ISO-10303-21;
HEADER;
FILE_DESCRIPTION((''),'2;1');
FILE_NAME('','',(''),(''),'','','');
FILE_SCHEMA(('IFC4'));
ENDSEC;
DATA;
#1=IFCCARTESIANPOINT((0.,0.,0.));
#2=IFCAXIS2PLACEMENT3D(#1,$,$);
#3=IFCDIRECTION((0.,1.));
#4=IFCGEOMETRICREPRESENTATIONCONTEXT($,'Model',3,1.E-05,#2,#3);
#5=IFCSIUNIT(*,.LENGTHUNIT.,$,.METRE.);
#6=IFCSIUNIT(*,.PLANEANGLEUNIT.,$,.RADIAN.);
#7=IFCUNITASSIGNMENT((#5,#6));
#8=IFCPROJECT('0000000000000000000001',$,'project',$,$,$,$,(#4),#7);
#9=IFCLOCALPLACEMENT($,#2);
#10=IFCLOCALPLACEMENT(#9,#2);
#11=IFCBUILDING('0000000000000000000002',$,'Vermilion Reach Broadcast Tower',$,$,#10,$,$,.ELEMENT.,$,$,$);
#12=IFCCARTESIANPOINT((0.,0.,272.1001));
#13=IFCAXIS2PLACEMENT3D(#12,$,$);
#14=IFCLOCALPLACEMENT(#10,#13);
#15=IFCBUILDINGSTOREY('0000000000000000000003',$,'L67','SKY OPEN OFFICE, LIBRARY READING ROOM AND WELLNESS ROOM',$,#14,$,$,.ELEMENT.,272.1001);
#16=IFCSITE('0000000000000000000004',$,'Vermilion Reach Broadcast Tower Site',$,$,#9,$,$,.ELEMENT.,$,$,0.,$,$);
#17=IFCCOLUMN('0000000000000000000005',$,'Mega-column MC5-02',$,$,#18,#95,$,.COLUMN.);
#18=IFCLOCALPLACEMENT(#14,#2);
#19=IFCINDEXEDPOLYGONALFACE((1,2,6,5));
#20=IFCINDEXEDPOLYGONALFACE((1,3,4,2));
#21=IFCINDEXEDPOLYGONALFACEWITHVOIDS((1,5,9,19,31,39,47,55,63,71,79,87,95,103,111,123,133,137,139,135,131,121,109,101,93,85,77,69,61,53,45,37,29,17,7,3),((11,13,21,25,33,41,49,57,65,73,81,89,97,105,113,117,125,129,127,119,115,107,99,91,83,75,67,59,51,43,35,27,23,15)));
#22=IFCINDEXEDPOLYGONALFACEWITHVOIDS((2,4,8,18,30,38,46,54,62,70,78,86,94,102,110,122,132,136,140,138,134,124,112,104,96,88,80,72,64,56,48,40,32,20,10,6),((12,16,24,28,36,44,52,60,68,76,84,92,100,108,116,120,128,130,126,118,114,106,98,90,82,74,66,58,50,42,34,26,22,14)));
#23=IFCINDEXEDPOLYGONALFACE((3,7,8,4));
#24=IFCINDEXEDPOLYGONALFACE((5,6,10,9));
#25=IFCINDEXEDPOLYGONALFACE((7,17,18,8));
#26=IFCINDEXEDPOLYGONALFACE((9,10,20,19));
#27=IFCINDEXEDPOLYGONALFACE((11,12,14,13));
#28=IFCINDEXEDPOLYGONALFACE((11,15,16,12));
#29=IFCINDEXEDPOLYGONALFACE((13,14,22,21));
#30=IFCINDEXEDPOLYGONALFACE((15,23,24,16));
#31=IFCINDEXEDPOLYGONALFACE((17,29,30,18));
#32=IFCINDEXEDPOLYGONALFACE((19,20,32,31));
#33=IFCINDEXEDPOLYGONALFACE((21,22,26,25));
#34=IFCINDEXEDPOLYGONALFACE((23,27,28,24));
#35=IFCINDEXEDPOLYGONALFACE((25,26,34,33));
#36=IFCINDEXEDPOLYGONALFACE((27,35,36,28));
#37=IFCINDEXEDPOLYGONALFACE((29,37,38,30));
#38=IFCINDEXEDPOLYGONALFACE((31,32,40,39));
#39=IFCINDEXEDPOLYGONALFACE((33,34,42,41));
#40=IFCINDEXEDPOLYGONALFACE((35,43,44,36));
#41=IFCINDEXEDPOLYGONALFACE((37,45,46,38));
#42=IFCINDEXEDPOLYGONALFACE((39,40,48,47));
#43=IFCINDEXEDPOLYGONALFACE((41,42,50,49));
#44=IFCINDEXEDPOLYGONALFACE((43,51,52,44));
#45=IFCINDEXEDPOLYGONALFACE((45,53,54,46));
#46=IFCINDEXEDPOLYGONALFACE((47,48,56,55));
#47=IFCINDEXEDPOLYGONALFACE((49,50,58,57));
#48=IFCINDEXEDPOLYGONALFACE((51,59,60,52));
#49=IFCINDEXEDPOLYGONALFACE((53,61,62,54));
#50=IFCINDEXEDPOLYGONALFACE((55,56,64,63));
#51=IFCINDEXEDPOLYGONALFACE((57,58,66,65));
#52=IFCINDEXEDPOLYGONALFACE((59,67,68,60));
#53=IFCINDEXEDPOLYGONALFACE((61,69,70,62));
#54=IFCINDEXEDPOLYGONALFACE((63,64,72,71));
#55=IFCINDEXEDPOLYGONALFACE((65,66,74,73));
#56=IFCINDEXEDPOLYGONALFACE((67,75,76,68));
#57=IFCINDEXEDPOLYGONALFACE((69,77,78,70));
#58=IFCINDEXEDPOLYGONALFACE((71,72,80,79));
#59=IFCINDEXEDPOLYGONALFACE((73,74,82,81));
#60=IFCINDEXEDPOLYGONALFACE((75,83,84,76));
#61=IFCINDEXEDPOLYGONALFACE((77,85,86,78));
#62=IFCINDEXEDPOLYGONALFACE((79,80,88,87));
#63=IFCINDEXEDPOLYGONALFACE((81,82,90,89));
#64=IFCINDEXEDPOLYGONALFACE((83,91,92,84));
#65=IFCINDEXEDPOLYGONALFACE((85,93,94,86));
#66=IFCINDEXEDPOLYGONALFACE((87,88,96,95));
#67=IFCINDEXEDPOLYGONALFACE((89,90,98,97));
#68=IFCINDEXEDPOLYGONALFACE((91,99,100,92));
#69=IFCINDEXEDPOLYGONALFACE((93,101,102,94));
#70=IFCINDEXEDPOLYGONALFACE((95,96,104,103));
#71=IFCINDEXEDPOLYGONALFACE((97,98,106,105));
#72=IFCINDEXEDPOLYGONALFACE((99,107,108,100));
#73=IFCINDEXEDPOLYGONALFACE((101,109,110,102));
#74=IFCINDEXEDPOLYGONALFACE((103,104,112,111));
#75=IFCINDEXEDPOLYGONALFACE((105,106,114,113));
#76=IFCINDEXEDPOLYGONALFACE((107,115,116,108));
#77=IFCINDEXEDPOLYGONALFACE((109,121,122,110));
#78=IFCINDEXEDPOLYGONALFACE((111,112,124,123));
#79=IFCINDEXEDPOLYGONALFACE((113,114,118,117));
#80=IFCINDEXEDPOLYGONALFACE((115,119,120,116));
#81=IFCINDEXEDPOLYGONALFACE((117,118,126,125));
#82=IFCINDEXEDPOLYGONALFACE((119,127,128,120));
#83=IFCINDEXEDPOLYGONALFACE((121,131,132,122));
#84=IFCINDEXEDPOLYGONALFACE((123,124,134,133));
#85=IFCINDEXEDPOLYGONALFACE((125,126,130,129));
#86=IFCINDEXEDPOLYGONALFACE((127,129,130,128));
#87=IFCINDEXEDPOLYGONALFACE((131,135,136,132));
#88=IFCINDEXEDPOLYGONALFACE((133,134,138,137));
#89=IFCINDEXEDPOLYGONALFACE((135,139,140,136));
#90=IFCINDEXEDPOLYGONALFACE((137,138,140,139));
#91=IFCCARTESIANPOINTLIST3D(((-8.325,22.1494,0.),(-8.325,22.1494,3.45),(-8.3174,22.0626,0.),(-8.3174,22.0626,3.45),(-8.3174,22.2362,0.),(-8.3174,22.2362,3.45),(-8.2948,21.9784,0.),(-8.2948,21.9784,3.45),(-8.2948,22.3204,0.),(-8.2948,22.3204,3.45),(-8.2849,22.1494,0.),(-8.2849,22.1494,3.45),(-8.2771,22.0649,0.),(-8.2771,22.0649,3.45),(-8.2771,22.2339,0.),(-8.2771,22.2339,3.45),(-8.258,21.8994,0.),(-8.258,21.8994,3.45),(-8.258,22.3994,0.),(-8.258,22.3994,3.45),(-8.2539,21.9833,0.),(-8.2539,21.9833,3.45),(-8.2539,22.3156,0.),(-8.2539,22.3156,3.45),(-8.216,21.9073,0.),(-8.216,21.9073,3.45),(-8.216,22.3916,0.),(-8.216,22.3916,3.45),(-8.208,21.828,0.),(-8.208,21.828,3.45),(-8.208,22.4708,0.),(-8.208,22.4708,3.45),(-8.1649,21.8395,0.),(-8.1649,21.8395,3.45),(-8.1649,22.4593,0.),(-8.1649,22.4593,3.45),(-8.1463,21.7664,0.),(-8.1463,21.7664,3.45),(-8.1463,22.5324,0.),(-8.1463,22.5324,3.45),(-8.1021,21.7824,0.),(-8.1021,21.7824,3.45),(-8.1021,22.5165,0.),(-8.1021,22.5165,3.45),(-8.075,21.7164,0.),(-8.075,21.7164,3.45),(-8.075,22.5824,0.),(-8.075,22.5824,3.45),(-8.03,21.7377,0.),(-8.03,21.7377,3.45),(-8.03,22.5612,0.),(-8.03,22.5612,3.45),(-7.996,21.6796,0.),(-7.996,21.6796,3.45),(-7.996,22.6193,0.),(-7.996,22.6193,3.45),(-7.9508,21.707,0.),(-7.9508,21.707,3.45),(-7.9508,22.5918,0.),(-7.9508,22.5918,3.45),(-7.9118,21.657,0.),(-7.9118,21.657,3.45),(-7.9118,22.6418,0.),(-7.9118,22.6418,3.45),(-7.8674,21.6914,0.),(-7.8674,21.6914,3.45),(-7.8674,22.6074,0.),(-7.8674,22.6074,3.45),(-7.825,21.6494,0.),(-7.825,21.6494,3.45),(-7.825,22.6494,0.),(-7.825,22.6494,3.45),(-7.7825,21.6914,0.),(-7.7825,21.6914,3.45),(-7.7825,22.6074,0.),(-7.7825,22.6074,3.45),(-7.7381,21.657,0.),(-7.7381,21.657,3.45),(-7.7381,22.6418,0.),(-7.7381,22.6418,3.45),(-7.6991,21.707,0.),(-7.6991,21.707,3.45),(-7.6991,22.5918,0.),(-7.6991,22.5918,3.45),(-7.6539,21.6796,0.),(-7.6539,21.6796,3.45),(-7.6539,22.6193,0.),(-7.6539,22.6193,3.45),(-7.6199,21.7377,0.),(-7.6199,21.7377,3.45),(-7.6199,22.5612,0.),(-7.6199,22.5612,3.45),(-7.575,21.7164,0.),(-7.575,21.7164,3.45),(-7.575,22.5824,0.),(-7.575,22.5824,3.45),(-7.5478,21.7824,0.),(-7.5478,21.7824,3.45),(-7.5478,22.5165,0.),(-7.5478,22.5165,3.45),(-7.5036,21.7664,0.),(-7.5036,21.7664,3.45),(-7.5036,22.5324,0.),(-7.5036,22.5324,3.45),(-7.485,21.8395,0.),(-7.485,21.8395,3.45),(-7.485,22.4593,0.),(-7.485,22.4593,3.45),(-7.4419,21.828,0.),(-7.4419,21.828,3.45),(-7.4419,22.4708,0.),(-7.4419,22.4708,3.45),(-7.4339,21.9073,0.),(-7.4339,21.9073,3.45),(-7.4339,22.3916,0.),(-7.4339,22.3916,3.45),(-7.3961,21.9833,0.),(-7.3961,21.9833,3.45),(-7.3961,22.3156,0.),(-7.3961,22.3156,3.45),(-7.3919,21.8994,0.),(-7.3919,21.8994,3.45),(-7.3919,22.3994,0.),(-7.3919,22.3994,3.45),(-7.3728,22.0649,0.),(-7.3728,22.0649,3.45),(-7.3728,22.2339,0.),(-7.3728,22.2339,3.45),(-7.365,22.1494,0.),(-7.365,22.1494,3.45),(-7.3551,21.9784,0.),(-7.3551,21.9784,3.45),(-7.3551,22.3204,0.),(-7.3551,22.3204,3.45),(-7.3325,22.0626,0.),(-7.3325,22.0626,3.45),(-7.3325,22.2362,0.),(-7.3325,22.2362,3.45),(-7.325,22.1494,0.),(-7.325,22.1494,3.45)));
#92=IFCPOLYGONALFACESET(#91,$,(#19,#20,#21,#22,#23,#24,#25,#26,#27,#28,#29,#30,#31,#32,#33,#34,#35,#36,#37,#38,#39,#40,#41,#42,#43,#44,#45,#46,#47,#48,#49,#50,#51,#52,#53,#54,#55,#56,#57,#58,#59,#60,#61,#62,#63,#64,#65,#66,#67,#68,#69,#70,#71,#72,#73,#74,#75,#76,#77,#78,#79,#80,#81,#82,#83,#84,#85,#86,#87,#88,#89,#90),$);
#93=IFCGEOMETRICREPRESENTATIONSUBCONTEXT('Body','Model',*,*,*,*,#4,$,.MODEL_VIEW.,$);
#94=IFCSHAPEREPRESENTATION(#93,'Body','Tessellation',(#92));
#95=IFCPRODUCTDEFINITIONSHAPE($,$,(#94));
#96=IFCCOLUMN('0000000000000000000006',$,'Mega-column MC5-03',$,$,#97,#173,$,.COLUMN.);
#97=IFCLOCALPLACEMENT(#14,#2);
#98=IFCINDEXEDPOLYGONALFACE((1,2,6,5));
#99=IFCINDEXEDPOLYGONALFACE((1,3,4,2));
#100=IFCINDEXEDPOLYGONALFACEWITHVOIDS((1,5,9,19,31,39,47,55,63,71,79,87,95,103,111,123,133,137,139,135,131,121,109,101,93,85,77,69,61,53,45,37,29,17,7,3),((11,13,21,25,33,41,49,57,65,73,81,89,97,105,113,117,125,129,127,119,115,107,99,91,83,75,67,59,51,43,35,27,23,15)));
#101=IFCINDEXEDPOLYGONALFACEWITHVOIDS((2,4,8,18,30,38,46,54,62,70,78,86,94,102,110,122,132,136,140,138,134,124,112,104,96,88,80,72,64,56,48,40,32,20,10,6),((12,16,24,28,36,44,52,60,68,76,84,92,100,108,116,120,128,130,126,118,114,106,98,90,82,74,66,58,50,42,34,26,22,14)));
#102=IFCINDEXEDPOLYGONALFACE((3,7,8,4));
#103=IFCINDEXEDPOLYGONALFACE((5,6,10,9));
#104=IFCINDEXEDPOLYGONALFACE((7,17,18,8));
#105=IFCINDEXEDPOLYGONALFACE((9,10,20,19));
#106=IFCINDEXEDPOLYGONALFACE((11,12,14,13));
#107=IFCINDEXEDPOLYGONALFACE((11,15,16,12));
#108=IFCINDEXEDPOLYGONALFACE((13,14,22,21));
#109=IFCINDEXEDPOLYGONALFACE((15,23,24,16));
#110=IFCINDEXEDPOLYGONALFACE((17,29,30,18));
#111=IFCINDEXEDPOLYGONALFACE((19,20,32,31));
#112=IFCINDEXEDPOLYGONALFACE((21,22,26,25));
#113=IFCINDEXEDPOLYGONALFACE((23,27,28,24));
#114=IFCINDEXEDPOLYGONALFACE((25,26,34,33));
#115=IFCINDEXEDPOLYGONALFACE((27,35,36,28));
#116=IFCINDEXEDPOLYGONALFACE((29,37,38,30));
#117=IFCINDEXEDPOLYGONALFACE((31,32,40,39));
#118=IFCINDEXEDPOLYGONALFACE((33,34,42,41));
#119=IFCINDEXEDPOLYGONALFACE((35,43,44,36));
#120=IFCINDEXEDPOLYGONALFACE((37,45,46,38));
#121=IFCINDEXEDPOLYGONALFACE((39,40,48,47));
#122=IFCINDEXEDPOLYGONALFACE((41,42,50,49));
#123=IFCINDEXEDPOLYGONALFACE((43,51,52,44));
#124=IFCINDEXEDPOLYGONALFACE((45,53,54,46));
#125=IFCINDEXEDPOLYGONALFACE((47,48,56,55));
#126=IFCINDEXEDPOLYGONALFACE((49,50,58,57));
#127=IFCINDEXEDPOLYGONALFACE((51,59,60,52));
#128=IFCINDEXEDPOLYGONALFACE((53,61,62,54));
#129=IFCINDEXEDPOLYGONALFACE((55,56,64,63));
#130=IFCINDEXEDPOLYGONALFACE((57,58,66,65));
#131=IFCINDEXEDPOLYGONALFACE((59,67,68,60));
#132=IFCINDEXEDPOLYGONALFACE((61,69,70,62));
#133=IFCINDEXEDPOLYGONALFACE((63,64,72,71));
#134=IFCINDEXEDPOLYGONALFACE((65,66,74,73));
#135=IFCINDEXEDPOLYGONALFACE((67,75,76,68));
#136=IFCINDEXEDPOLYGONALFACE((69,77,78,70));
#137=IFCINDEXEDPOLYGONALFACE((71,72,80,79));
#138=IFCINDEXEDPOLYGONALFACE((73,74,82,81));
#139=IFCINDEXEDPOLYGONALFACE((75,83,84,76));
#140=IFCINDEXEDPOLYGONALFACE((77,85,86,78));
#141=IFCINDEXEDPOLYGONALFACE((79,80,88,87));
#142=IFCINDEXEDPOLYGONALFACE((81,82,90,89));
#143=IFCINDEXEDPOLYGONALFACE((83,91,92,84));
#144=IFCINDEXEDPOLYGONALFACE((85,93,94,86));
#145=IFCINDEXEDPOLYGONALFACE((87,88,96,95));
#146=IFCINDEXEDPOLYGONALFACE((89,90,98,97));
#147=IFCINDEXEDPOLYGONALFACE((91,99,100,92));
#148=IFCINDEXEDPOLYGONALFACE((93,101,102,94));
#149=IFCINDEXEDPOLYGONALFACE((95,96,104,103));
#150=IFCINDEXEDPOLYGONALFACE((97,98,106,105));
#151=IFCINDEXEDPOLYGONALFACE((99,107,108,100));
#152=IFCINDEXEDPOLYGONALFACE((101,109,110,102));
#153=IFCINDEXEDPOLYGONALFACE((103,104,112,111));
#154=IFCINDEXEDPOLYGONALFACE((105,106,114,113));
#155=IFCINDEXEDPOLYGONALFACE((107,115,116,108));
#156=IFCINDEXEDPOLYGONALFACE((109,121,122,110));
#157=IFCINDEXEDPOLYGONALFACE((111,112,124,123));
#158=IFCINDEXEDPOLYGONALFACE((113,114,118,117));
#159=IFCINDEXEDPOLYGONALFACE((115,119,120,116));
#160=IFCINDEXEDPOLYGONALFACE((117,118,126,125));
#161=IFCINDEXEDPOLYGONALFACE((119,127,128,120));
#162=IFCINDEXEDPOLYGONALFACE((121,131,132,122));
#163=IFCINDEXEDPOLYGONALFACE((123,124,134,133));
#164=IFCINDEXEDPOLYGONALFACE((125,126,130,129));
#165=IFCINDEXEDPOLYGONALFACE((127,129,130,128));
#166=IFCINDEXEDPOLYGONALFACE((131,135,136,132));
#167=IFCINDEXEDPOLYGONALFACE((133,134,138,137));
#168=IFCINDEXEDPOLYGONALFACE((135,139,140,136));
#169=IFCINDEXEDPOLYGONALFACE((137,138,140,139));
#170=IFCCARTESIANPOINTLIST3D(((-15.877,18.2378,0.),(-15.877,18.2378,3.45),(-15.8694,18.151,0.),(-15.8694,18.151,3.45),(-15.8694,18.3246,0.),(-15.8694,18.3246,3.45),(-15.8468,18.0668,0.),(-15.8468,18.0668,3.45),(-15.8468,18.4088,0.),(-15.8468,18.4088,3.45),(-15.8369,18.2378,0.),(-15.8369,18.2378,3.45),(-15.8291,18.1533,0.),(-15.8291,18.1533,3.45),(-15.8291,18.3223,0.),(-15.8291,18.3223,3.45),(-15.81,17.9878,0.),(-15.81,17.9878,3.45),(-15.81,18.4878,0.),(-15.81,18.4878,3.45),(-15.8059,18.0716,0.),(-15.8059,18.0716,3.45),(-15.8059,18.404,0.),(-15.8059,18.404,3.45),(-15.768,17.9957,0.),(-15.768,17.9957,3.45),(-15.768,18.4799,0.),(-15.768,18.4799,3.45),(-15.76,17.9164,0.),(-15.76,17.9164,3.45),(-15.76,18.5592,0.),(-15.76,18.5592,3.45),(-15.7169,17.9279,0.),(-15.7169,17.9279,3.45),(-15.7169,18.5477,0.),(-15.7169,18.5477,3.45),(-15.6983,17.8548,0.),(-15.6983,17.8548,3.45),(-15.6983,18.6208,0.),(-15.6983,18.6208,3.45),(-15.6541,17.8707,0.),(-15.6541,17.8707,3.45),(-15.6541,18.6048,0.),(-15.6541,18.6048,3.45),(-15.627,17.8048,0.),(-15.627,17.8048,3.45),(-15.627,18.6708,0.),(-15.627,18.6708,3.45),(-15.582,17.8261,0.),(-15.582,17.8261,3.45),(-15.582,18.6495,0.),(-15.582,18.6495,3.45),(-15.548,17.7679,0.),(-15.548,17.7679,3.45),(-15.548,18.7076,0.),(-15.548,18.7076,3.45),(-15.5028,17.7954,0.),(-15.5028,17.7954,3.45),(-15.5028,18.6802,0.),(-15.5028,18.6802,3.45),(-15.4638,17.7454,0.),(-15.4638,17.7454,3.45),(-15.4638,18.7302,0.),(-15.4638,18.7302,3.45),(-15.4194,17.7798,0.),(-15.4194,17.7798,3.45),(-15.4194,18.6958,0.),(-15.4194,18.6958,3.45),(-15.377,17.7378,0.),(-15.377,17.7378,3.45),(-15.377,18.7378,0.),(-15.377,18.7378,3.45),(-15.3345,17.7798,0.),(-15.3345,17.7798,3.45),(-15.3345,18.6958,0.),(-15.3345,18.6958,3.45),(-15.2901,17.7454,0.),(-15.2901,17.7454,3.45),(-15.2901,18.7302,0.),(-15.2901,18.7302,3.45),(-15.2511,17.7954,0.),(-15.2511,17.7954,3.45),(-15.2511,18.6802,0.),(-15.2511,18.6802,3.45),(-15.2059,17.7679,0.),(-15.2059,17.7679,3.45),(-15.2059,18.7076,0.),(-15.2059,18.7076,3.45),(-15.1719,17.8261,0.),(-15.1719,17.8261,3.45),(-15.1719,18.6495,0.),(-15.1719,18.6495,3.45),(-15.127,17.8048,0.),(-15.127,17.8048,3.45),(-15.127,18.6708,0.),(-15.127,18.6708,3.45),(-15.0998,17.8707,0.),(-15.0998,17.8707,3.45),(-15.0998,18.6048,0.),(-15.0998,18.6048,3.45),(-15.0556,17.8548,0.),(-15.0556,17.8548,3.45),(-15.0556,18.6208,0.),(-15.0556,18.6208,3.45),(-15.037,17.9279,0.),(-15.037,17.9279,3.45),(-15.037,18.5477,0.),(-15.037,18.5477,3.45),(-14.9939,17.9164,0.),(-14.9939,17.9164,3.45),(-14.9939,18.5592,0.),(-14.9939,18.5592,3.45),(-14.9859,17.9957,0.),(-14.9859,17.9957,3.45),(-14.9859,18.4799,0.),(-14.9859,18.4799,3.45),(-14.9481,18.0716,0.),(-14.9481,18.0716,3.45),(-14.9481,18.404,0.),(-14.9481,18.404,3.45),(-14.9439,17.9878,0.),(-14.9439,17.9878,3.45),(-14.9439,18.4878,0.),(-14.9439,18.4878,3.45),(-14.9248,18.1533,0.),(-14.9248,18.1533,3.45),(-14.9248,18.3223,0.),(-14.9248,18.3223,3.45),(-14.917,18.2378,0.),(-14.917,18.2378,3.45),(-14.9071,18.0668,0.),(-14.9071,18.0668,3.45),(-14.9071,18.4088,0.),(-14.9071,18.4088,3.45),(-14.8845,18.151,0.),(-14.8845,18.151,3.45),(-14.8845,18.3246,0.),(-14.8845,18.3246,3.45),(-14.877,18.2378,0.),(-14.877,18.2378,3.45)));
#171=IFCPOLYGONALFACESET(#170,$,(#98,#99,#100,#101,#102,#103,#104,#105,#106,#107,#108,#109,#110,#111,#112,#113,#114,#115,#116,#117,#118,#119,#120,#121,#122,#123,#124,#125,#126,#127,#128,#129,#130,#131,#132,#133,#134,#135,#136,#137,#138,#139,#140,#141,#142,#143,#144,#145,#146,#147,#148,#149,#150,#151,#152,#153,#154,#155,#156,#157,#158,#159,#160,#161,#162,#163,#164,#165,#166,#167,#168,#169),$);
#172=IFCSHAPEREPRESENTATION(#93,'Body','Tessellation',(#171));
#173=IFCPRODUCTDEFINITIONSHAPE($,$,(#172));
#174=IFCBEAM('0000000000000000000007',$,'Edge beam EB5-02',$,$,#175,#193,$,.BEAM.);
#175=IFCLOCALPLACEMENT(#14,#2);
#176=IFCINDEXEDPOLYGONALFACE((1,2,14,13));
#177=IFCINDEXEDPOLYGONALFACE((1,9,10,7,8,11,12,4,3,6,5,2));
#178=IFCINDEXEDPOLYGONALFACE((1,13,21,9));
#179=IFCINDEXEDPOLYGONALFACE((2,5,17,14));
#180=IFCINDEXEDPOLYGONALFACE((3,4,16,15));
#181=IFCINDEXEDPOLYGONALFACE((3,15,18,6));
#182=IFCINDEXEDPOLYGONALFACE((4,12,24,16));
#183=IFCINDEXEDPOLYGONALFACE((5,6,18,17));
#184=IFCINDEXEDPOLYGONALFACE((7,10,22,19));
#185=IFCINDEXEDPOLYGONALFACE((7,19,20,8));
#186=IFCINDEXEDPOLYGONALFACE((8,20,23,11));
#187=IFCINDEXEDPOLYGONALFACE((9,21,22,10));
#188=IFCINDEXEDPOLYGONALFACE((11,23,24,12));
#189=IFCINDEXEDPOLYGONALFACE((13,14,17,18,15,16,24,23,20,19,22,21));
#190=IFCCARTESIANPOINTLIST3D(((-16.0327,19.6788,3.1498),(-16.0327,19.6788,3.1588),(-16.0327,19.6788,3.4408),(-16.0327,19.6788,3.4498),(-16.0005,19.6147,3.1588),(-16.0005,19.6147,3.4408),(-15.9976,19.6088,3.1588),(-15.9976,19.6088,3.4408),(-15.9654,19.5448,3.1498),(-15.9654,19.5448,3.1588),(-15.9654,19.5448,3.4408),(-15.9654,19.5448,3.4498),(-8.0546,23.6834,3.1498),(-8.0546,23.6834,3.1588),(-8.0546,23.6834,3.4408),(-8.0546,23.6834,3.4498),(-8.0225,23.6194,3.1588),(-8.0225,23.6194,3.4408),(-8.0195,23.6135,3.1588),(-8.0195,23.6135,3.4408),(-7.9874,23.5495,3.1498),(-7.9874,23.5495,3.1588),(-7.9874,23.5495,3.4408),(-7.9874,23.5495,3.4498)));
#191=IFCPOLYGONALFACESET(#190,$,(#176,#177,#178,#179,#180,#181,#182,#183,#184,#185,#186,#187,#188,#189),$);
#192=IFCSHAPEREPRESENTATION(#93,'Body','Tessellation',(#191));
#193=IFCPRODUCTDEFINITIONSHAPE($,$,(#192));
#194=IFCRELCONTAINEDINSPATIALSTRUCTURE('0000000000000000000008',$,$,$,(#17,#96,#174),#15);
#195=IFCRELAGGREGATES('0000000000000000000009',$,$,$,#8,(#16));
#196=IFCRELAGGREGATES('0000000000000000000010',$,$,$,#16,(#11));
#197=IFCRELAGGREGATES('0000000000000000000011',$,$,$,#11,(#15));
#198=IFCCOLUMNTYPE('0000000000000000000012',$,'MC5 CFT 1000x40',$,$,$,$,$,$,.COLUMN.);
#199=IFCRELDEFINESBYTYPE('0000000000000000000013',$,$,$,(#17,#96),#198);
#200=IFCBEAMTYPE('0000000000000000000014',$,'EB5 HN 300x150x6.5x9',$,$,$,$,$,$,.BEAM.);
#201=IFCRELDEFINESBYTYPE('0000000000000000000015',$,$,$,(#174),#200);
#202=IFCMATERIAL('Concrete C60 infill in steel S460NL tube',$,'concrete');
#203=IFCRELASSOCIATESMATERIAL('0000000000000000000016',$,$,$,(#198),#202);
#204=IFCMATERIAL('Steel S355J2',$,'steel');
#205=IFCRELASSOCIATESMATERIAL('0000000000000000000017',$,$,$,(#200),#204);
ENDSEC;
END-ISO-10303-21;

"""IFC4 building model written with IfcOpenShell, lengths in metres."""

from ifc_helpers import new_model, si_unit, direction, frame, origin, origin_2d, place, context, subcontext, project, spatial, hollow_circle, i_section, extrude, material, material_profile, profile_set, type_object, element, save


model = new_model("IFC4")

# Units and contexts
model_context = context("Model", 3, precision=1e-05, world=origin(), true_north=direction((0.0, 1.0)))
body_context = subcontext(model_context, "Body", "Model", "MODEL_VIEW")
ifc_project = project(units=[si_unit("LENGTHUNIT", "METRE"), si_unit("PLANEANGLEUNIT", "RADIAN")], contexts=[model_context])

# Site, building, storey
site_placement = place(None, origin())
site = spatial("IfcSite", under=ifc_project, at=site_placement, Name="Vermilion Reach Broadcast Tower Site", CompositionType="ELEMENT", RefElevation=0.0)
building_placement = place(site_placement, origin())
building = spatial("IfcBuilding", under=site, at=building_placement, Name="Vermilion Reach Broadcast Tower", CompositionType="ELEMENT")
storey_placement = place(building_placement, frame((0.0, 0.0, 272.1001)))
storey = spatial("IfcBuildingStorey", under=building, at=storey_placement, Name="L67", Description="SKY OPEN OFFICE, LIBRARY READING ROOM AND WELLNESS ROOM", CompositionType="ELEMENT", Elevation=272.1001)

# Columns
ifc_material_1 = material(Name="Concrete C60 infill in steel S460NL tube", Category="concrete")
ifc_material_profile_1 = material_profile(ifc_material_1, hollow_circle(Radius=0.5, WallThickness=0.04, at=origin_2d()), Name="Concrete C60 infill in steel S460NL tube CFT 1000x40")
ifc_profile_set_1 = profile_set([ifc_material_profile_1], Name="Concrete C60 infill in steel S460NL tube")
column_type = type_object("IfcColumnType", Name="MC5 CFT 1000x40", PredefinedType="COLUMN", material=ifc_profile_set_1)
for number, where, z_axis, x_axis, name in (
    (1, (-7.825, 22.1494, 0.0), (0.0, 0.0, 1.0), (1.0, 0.0, 0.0), "Mega-column MC5-02"),
    (2, (-15.377, 18.2378, 0.0), (0.0, 0.0, 1.0), (1.0, 0.0, 0.0), "Mega-column MC5-03"),
):
    element("IfcColumn", number, at=place(storey_placement, frame(where, z_axis=z_axis, x_axis=x_axis)), inside=storey, type_object=column_type, Name=name, PredefinedType="COLUMN", context=body_context, shape_type="SweptSolid", body=[
        extrude(hollow_circle(Radius=0.5, WallThickness=0.04, at=origin_2d()), origin(), (0.0, 0.0, 1.0), 3.45),
    ])

# Beam
ifc_material_2 = material(Name="Steel S355J2", Category="steel")
ifc_material_profile_2 = material_profile(ifc_material_2, i_section(OverallWidth=0.1499, OverallDepth=0.3, WebThickness=0.0066, FlangeThickness=0.009, at=origin_2d()), Name="S355J2 HN 300x150x6.5x9")
ifc_profile_set_2 = profile_set([ifc_material_profile_2], Name="Steel S355J2")
beam_type_1 = type_object("IfcBeamType", Name="EB5 HN 300x150x6.5x9", PredefinedType="BEAM", material=ifc_profile_set_2)
beam_1_placement = place(storey_placement, frame((-8.021, 23.6165, 3.2998), z_axis=(-0.893726, -0.448613, 0.0), x_axis=(0.448613, -0.893726, 0.0)))
element("IfcBeam", 3, at=beam_1_placement, inside=storey, type_object=beam_type_1, Name="Edge beam EB5-02", PredefinedType="BEAM", context=body_context, shape_type="SweptSolid", body=[
    extrude(i_section(OverallWidth=0.1499, OverallDepth=0.3, WebThickness=0.0066, FlangeThickness=0.009, at=origin_2d()), origin(), (0.0, 0.0, 1.0), 8.9268),
])

save(model, "model.ifc")
